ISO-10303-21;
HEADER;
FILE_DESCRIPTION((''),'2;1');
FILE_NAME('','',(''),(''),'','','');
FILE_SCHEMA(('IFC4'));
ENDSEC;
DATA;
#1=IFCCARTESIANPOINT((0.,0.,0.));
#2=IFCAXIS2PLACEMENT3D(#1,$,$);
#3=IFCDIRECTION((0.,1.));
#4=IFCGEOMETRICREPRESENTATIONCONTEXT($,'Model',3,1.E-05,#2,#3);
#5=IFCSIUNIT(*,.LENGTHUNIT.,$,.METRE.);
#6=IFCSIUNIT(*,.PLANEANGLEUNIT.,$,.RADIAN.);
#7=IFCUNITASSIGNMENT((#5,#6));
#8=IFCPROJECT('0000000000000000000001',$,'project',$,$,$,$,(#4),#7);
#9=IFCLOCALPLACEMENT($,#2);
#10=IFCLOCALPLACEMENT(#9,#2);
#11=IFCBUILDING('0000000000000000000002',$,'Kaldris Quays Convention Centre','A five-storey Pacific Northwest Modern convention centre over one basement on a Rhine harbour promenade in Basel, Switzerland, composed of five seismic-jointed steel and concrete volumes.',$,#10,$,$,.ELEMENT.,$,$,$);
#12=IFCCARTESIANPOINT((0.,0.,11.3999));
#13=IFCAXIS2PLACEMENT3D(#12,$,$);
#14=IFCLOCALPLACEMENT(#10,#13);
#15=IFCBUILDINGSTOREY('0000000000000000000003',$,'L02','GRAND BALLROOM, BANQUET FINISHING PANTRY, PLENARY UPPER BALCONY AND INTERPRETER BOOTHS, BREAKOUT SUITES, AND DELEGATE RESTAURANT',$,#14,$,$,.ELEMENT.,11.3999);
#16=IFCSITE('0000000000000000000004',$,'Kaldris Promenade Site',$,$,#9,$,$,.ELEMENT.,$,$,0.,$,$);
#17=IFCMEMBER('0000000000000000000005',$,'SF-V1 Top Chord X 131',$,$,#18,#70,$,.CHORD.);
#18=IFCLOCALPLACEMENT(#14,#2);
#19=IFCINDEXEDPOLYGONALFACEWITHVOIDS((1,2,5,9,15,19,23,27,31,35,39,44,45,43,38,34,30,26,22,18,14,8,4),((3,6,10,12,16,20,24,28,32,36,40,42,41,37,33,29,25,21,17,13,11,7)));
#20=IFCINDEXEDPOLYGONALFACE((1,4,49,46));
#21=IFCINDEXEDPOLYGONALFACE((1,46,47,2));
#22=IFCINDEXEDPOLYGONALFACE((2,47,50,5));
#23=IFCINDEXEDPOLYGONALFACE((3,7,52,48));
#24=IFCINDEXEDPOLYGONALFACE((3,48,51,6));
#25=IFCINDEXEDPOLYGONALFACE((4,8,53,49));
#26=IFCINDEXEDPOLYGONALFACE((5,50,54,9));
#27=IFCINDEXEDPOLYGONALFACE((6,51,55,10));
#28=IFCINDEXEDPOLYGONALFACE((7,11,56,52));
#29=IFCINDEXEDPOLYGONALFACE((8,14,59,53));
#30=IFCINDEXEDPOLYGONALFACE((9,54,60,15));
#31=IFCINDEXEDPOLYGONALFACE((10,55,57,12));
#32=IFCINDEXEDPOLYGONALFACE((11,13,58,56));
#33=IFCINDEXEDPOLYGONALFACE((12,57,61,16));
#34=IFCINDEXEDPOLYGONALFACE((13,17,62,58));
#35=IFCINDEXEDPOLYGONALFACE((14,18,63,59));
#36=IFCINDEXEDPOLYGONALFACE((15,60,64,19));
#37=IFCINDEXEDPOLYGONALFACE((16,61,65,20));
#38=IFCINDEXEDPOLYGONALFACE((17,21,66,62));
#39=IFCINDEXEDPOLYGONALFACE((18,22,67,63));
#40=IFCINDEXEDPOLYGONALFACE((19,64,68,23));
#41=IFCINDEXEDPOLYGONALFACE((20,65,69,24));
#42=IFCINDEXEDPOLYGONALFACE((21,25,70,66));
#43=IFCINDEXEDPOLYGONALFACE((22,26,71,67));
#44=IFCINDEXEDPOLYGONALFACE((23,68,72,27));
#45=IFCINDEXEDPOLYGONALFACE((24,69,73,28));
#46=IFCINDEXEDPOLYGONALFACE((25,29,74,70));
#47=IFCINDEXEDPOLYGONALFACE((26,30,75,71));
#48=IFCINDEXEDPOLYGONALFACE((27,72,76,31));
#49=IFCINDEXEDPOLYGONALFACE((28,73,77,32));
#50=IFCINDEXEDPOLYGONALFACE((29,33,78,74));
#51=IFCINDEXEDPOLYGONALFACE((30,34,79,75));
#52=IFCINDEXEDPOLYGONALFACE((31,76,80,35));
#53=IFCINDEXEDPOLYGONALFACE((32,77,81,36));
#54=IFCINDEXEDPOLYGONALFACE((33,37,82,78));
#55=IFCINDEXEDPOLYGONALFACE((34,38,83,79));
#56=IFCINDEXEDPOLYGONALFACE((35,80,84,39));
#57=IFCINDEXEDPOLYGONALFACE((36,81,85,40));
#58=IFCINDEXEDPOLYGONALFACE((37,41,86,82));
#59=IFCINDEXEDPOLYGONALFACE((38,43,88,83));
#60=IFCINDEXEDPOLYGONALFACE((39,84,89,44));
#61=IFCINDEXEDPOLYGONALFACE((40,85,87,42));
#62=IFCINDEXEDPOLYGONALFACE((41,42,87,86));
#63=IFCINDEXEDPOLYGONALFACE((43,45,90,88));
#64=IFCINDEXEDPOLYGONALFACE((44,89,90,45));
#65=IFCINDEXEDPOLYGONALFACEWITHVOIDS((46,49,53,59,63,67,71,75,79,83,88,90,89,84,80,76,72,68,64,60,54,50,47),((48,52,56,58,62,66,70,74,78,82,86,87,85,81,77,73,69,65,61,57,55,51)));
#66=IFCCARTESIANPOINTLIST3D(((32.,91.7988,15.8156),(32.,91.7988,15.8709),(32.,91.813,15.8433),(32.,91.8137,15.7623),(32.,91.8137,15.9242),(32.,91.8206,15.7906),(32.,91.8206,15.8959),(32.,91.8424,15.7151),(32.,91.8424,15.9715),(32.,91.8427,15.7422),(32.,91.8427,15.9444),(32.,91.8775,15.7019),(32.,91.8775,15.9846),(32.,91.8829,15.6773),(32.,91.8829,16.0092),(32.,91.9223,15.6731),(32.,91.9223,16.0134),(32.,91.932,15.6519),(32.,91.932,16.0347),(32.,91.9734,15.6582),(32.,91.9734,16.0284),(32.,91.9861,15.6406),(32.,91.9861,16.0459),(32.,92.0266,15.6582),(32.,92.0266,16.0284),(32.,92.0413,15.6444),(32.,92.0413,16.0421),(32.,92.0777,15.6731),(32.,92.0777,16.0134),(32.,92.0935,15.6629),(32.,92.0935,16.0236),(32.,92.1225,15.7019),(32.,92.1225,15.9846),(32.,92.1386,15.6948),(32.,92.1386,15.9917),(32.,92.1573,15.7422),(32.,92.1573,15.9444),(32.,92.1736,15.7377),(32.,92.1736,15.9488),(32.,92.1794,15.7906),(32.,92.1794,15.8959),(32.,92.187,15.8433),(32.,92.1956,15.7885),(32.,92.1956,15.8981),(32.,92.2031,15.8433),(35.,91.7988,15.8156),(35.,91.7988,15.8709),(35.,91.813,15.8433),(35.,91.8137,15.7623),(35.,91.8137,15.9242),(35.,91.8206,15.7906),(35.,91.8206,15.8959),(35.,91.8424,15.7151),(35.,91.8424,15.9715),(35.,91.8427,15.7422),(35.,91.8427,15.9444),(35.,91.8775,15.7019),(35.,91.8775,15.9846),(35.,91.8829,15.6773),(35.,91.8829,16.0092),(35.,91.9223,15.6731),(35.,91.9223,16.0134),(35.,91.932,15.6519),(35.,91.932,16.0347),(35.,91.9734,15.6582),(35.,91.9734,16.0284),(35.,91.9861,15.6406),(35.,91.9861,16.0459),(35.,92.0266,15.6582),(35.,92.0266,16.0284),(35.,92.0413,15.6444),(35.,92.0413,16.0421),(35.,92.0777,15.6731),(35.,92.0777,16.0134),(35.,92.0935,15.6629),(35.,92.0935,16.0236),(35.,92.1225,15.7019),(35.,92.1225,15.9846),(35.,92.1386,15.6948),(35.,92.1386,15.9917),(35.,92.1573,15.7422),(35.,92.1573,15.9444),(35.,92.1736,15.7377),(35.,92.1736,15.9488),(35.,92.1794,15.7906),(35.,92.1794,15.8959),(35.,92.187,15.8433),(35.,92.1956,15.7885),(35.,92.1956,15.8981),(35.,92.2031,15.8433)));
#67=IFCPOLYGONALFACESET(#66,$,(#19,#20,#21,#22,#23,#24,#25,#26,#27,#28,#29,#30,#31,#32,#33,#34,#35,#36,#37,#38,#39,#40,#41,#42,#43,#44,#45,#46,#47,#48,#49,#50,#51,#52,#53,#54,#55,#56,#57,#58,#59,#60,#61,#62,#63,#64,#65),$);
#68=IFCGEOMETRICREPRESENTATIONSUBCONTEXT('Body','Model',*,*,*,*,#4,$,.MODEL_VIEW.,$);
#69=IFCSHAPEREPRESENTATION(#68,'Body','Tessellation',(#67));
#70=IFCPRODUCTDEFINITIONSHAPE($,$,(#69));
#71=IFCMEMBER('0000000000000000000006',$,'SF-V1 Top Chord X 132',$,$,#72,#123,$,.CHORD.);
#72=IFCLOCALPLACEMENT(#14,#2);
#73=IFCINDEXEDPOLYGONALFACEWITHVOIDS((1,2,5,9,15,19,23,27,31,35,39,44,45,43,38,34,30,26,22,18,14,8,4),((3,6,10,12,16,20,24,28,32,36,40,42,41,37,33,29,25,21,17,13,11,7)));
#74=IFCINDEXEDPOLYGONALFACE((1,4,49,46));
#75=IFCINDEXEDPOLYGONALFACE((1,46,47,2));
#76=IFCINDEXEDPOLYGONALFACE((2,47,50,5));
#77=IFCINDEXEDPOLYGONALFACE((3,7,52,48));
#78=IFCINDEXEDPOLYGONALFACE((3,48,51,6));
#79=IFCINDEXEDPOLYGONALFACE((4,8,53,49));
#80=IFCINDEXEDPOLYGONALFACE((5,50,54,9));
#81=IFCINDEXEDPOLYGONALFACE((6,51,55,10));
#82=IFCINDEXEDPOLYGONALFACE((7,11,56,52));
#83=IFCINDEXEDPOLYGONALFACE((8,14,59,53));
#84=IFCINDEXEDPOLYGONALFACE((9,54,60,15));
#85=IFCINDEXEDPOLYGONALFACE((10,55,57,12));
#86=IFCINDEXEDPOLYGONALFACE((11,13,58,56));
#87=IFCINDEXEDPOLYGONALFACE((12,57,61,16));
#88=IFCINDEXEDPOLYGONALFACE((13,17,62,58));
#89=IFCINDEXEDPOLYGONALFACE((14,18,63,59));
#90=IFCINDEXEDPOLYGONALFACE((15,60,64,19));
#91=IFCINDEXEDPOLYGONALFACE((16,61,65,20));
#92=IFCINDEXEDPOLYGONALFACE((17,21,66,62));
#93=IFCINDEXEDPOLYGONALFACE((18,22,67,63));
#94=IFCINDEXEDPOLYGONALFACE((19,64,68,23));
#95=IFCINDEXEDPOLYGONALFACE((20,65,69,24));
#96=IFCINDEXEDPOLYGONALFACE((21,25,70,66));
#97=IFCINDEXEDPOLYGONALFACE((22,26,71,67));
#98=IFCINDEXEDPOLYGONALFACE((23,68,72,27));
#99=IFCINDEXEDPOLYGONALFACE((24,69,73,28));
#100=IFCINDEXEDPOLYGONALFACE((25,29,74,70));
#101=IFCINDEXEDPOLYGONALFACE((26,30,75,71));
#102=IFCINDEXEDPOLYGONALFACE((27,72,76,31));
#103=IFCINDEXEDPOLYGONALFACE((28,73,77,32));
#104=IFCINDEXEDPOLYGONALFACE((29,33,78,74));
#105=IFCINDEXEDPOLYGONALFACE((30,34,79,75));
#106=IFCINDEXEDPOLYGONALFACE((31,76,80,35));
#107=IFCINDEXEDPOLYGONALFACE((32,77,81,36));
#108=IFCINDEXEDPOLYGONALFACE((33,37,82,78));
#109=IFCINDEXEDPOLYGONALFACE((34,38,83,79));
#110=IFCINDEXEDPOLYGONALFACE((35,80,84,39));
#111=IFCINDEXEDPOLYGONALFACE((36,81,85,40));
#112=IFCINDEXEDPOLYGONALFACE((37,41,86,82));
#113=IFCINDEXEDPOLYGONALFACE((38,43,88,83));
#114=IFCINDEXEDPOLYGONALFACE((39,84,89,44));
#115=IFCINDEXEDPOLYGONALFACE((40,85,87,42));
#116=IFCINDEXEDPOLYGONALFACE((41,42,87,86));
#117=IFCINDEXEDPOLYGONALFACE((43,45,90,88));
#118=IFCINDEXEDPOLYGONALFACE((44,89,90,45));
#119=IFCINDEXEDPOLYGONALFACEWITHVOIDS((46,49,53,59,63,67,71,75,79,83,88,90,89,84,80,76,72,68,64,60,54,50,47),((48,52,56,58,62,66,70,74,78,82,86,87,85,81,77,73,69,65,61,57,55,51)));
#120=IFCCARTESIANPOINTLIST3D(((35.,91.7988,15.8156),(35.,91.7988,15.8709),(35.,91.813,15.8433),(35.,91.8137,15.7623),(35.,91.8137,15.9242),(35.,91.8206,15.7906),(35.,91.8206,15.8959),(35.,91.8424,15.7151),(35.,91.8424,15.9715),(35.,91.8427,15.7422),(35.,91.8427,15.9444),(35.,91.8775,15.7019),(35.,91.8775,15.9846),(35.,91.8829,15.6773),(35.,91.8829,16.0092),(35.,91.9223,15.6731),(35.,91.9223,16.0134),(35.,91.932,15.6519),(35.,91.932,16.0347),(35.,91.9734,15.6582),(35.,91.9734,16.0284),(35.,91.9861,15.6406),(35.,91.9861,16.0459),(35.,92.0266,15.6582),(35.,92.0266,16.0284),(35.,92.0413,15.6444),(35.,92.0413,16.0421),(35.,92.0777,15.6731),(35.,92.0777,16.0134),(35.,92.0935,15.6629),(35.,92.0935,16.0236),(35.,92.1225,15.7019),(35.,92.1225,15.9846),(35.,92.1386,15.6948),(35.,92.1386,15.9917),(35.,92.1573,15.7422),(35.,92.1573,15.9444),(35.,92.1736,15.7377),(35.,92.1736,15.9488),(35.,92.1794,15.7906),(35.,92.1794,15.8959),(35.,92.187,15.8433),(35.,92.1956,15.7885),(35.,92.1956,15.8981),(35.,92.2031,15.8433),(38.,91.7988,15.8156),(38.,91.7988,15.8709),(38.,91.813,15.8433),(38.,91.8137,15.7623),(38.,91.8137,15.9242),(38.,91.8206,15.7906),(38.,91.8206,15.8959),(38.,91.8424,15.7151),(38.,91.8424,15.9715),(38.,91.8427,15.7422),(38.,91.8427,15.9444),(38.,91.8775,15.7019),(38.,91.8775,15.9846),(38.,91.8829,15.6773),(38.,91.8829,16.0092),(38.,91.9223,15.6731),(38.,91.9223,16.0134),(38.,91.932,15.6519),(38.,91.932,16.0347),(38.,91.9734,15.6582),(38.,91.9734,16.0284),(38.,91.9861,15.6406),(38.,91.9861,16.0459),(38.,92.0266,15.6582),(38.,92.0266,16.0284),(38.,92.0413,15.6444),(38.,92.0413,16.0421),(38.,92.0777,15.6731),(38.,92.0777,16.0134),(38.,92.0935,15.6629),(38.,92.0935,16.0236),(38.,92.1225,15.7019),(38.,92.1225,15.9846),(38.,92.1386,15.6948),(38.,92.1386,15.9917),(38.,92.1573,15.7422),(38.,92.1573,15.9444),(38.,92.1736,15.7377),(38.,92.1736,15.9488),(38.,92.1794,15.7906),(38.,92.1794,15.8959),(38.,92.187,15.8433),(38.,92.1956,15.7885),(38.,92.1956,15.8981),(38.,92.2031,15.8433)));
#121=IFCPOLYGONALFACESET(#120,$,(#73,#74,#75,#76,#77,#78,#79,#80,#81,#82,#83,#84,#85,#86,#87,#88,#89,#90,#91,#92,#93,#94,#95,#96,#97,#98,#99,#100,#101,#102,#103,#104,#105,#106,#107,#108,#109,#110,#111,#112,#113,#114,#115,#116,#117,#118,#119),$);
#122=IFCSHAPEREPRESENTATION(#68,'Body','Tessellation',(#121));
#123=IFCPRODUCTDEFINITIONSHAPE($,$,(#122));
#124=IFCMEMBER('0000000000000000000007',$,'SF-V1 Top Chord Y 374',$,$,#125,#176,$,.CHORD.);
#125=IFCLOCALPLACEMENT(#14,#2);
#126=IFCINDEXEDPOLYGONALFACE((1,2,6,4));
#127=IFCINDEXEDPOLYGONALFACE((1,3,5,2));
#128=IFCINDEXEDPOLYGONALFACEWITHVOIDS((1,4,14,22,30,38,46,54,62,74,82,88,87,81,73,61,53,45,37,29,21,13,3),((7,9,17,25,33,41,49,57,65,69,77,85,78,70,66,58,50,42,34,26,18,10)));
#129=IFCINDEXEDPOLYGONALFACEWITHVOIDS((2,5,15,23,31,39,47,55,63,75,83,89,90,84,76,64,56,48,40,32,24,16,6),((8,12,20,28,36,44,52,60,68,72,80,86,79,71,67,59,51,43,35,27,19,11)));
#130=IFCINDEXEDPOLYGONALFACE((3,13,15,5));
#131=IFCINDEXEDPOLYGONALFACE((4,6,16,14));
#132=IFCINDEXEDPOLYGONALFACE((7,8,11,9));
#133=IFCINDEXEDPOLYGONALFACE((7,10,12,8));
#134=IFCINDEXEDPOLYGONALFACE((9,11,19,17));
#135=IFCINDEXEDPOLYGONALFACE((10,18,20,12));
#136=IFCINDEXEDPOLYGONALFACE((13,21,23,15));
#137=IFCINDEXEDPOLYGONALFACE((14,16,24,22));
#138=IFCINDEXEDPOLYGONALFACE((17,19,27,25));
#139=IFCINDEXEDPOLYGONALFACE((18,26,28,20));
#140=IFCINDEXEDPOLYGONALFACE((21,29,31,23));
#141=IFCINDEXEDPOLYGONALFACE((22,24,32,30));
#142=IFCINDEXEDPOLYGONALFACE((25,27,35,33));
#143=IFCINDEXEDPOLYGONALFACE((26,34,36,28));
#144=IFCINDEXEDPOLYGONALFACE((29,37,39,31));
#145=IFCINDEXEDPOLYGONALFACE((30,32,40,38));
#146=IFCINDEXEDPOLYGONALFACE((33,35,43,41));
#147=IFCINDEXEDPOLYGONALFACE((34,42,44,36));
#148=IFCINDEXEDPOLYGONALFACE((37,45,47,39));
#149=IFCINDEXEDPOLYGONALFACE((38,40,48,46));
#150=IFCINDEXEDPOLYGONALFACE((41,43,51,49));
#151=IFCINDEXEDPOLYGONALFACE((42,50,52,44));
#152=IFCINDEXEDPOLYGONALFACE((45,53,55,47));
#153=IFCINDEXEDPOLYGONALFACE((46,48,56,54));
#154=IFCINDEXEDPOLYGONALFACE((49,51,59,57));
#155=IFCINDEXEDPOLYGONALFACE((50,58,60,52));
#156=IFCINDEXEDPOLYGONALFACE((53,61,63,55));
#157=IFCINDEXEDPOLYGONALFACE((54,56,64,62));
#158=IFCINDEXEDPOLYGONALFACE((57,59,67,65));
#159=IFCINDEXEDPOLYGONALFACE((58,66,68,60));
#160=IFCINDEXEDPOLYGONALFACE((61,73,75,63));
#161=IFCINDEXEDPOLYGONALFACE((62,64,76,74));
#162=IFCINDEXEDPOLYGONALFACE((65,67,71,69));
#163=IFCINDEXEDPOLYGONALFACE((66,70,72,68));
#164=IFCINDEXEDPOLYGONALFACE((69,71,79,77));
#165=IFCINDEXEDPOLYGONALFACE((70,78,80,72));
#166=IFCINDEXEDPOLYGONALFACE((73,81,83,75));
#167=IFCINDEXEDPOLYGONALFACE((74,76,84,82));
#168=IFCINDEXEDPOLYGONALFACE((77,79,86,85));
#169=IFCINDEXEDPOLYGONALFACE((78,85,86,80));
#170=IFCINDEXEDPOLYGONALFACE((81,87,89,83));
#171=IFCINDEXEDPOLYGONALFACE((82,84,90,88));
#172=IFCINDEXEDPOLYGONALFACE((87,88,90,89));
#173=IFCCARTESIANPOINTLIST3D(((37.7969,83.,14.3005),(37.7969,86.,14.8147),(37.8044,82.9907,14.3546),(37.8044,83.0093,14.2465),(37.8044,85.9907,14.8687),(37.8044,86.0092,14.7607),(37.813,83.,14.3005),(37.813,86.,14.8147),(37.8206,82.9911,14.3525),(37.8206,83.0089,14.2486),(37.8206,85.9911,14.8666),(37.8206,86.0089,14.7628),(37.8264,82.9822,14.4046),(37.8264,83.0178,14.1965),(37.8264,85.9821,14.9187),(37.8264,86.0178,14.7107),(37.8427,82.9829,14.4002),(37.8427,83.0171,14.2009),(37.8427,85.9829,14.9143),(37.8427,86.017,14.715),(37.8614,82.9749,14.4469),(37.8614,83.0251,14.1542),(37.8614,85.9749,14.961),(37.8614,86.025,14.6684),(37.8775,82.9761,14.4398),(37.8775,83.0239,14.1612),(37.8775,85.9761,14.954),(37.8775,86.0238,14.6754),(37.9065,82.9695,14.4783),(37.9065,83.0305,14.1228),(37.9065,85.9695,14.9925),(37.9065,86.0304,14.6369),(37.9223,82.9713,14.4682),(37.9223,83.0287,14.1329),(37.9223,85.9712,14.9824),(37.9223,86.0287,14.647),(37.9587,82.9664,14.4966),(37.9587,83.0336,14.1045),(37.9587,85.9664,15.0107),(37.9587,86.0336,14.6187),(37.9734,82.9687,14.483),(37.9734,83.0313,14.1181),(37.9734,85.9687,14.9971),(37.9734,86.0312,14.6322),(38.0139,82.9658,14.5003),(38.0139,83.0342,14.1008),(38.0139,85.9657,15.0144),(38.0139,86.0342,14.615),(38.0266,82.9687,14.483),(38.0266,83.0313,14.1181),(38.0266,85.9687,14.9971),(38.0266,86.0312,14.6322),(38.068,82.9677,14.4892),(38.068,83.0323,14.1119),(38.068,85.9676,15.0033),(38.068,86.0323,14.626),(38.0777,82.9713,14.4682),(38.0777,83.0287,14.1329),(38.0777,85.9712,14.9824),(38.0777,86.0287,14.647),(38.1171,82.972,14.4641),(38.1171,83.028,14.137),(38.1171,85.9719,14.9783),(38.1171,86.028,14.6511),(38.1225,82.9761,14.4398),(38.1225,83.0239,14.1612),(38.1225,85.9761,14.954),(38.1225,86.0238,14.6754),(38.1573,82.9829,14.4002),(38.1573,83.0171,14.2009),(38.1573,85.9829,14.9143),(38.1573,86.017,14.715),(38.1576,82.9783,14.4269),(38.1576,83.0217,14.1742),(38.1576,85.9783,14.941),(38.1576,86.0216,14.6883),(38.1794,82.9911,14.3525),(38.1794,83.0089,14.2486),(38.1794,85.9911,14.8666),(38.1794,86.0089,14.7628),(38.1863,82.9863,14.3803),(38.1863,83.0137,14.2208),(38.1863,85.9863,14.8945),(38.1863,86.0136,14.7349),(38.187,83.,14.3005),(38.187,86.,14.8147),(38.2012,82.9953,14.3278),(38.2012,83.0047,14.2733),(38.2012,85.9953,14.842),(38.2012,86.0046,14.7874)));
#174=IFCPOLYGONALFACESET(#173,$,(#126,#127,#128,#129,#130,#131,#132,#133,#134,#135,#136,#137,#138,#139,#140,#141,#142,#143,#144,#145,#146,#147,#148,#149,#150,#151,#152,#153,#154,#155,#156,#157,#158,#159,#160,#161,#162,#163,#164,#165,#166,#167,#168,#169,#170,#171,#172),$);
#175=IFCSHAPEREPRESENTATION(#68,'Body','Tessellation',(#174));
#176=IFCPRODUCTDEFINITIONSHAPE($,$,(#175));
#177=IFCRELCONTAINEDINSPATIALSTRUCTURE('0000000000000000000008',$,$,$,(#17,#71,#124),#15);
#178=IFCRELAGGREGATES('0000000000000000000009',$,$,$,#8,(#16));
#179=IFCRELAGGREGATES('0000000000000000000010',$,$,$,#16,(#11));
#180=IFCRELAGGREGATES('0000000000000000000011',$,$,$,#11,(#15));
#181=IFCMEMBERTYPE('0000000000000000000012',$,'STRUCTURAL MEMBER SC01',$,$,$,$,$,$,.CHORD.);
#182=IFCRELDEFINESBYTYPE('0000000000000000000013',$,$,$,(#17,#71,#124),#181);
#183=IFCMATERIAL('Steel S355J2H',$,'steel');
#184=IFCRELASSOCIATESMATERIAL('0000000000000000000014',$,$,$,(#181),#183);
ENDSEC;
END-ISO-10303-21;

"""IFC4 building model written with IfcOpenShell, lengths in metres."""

from ifc_helpers import new_model, si_unit, direction, frame, origin, origin_2d, place, context, subcontext, project, spatial, hollow_circle, extrude, material, material_profile, profile_set, type_object, element, save


model = new_model("IFC4")

# Units and contexts
model_context = context("Model", 3, precision=1e-05, world=origin(), true_north=direction((0.0, 1.0)))
body_context = subcontext(model_context, "Body", "Model", "MODEL_VIEW")
ifc_project = project(units=[si_unit("LENGTHUNIT", "METRE"), si_unit("PLANEANGLEUNIT", "RADIAN")], contexts=[model_context])

# Site, building, storey
site_placement = place(None, origin())
site = spatial("IfcSite", under=ifc_project, at=site_placement, Name="Kaldris Promenade Site", CompositionType="ELEMENT", RefElevation=0.0)
building_placement = place(site_placement, origin())
building = spatial("IfcBuilding", under=site, at=building_placement, Name="Kaldris Quays Convention Centre", Description="A five-storey Pacific Northwest Modern convention centre over one basement on a Rhine harbour promenade in Basel, Switzerland, composed of five seismic-jointed steel and concrete volumes.", CompositionType="ELEMENT")
storey_placement = place(building_placement, frame((0.0, 0.0, 11.3999)))
storey = spatial("IfcBuildingStorey", under=building, at=storey_placement, Name="L02", Description="GRAND BALLROOM, BANQUET FINISHING PANTRY, PLENARY UPPER BALCONY AND INTERPRETER BOOTHS, BREAKOUT SUITES, AND DELEGATE RESTAURANT", CompositionType="ELEMENT", Elevation=11.3999)

# Members
ifc_material_1 = material(Name="Steel S355J2H", Category="steel")
ifc_material_profile_1 = material_profile(ifc_material_1, hollow_circle(Radius=0.2031, WallThickness=0.0161, at=origin_2d()), Name="CHS 406.4x16")
ifc_profile_set_1 = profile_set([ifc_material_profile_1], Name="Steel S355J2H")
member_type_1 = type_object("IfcMemberType", Name="STRUCTURAL MEMBER SC01", PredefinedType="CHORD", material=ifc_profile_set_1)
for number, where, z_axis, x_axis, name in (
    (1, (32.0, 92.0, 15.8433), (1.0, 0.0, 0.0), (0.0, 1.0, 0.0), "SF-V1 Top Chord X 131"),
    (2, (35.0, 92.0, 15.8433), (1.0, 0.0, 0.0), (0.0, 1.0, 0.0), "SF-V1 Top Chord X 132"),
):
    element("IfcMember", number, at=place(storey_placement, frame(where, z_axis=z_axis, x_axis=x_axis)), inside=storey, type_object=member_type_1, Name=name, PredefinedType="CHORD", context=body_context, shape_type="SweptSolid", body=[
        extrude(hollow_circle(Radius=0.2031, WallThickness=0.0161, at=origin_2d()), origin(), (0.0, 0.0, 1.0), 3.0),
    ])
for number, where, z_axis, x_axis, name in (
    (3, (38.0, 83.0, 14.3005), (0.0, 0.985629, 0.168924), (-1.0, 0.0, 0.0), "SF-V1 Top Chord Y 374"),
):
    element("IfcMember", number, at=place(storey_placement, frame(where, z_axis=z_axis, x_axis=x_axis)), inside=storey, type_object=member_type_1, Name=name, PredefinedType="CHORD", context=body_context, shape_type="SweptSolid", body=[
        extrude(hollow_circle(Radius=0.2031, WallThickness=0.0161, at=origin_2d()), origin(), (0.0, 0.0, 1.0), 3.0437),
    ])

save(model, "model.ifc")
